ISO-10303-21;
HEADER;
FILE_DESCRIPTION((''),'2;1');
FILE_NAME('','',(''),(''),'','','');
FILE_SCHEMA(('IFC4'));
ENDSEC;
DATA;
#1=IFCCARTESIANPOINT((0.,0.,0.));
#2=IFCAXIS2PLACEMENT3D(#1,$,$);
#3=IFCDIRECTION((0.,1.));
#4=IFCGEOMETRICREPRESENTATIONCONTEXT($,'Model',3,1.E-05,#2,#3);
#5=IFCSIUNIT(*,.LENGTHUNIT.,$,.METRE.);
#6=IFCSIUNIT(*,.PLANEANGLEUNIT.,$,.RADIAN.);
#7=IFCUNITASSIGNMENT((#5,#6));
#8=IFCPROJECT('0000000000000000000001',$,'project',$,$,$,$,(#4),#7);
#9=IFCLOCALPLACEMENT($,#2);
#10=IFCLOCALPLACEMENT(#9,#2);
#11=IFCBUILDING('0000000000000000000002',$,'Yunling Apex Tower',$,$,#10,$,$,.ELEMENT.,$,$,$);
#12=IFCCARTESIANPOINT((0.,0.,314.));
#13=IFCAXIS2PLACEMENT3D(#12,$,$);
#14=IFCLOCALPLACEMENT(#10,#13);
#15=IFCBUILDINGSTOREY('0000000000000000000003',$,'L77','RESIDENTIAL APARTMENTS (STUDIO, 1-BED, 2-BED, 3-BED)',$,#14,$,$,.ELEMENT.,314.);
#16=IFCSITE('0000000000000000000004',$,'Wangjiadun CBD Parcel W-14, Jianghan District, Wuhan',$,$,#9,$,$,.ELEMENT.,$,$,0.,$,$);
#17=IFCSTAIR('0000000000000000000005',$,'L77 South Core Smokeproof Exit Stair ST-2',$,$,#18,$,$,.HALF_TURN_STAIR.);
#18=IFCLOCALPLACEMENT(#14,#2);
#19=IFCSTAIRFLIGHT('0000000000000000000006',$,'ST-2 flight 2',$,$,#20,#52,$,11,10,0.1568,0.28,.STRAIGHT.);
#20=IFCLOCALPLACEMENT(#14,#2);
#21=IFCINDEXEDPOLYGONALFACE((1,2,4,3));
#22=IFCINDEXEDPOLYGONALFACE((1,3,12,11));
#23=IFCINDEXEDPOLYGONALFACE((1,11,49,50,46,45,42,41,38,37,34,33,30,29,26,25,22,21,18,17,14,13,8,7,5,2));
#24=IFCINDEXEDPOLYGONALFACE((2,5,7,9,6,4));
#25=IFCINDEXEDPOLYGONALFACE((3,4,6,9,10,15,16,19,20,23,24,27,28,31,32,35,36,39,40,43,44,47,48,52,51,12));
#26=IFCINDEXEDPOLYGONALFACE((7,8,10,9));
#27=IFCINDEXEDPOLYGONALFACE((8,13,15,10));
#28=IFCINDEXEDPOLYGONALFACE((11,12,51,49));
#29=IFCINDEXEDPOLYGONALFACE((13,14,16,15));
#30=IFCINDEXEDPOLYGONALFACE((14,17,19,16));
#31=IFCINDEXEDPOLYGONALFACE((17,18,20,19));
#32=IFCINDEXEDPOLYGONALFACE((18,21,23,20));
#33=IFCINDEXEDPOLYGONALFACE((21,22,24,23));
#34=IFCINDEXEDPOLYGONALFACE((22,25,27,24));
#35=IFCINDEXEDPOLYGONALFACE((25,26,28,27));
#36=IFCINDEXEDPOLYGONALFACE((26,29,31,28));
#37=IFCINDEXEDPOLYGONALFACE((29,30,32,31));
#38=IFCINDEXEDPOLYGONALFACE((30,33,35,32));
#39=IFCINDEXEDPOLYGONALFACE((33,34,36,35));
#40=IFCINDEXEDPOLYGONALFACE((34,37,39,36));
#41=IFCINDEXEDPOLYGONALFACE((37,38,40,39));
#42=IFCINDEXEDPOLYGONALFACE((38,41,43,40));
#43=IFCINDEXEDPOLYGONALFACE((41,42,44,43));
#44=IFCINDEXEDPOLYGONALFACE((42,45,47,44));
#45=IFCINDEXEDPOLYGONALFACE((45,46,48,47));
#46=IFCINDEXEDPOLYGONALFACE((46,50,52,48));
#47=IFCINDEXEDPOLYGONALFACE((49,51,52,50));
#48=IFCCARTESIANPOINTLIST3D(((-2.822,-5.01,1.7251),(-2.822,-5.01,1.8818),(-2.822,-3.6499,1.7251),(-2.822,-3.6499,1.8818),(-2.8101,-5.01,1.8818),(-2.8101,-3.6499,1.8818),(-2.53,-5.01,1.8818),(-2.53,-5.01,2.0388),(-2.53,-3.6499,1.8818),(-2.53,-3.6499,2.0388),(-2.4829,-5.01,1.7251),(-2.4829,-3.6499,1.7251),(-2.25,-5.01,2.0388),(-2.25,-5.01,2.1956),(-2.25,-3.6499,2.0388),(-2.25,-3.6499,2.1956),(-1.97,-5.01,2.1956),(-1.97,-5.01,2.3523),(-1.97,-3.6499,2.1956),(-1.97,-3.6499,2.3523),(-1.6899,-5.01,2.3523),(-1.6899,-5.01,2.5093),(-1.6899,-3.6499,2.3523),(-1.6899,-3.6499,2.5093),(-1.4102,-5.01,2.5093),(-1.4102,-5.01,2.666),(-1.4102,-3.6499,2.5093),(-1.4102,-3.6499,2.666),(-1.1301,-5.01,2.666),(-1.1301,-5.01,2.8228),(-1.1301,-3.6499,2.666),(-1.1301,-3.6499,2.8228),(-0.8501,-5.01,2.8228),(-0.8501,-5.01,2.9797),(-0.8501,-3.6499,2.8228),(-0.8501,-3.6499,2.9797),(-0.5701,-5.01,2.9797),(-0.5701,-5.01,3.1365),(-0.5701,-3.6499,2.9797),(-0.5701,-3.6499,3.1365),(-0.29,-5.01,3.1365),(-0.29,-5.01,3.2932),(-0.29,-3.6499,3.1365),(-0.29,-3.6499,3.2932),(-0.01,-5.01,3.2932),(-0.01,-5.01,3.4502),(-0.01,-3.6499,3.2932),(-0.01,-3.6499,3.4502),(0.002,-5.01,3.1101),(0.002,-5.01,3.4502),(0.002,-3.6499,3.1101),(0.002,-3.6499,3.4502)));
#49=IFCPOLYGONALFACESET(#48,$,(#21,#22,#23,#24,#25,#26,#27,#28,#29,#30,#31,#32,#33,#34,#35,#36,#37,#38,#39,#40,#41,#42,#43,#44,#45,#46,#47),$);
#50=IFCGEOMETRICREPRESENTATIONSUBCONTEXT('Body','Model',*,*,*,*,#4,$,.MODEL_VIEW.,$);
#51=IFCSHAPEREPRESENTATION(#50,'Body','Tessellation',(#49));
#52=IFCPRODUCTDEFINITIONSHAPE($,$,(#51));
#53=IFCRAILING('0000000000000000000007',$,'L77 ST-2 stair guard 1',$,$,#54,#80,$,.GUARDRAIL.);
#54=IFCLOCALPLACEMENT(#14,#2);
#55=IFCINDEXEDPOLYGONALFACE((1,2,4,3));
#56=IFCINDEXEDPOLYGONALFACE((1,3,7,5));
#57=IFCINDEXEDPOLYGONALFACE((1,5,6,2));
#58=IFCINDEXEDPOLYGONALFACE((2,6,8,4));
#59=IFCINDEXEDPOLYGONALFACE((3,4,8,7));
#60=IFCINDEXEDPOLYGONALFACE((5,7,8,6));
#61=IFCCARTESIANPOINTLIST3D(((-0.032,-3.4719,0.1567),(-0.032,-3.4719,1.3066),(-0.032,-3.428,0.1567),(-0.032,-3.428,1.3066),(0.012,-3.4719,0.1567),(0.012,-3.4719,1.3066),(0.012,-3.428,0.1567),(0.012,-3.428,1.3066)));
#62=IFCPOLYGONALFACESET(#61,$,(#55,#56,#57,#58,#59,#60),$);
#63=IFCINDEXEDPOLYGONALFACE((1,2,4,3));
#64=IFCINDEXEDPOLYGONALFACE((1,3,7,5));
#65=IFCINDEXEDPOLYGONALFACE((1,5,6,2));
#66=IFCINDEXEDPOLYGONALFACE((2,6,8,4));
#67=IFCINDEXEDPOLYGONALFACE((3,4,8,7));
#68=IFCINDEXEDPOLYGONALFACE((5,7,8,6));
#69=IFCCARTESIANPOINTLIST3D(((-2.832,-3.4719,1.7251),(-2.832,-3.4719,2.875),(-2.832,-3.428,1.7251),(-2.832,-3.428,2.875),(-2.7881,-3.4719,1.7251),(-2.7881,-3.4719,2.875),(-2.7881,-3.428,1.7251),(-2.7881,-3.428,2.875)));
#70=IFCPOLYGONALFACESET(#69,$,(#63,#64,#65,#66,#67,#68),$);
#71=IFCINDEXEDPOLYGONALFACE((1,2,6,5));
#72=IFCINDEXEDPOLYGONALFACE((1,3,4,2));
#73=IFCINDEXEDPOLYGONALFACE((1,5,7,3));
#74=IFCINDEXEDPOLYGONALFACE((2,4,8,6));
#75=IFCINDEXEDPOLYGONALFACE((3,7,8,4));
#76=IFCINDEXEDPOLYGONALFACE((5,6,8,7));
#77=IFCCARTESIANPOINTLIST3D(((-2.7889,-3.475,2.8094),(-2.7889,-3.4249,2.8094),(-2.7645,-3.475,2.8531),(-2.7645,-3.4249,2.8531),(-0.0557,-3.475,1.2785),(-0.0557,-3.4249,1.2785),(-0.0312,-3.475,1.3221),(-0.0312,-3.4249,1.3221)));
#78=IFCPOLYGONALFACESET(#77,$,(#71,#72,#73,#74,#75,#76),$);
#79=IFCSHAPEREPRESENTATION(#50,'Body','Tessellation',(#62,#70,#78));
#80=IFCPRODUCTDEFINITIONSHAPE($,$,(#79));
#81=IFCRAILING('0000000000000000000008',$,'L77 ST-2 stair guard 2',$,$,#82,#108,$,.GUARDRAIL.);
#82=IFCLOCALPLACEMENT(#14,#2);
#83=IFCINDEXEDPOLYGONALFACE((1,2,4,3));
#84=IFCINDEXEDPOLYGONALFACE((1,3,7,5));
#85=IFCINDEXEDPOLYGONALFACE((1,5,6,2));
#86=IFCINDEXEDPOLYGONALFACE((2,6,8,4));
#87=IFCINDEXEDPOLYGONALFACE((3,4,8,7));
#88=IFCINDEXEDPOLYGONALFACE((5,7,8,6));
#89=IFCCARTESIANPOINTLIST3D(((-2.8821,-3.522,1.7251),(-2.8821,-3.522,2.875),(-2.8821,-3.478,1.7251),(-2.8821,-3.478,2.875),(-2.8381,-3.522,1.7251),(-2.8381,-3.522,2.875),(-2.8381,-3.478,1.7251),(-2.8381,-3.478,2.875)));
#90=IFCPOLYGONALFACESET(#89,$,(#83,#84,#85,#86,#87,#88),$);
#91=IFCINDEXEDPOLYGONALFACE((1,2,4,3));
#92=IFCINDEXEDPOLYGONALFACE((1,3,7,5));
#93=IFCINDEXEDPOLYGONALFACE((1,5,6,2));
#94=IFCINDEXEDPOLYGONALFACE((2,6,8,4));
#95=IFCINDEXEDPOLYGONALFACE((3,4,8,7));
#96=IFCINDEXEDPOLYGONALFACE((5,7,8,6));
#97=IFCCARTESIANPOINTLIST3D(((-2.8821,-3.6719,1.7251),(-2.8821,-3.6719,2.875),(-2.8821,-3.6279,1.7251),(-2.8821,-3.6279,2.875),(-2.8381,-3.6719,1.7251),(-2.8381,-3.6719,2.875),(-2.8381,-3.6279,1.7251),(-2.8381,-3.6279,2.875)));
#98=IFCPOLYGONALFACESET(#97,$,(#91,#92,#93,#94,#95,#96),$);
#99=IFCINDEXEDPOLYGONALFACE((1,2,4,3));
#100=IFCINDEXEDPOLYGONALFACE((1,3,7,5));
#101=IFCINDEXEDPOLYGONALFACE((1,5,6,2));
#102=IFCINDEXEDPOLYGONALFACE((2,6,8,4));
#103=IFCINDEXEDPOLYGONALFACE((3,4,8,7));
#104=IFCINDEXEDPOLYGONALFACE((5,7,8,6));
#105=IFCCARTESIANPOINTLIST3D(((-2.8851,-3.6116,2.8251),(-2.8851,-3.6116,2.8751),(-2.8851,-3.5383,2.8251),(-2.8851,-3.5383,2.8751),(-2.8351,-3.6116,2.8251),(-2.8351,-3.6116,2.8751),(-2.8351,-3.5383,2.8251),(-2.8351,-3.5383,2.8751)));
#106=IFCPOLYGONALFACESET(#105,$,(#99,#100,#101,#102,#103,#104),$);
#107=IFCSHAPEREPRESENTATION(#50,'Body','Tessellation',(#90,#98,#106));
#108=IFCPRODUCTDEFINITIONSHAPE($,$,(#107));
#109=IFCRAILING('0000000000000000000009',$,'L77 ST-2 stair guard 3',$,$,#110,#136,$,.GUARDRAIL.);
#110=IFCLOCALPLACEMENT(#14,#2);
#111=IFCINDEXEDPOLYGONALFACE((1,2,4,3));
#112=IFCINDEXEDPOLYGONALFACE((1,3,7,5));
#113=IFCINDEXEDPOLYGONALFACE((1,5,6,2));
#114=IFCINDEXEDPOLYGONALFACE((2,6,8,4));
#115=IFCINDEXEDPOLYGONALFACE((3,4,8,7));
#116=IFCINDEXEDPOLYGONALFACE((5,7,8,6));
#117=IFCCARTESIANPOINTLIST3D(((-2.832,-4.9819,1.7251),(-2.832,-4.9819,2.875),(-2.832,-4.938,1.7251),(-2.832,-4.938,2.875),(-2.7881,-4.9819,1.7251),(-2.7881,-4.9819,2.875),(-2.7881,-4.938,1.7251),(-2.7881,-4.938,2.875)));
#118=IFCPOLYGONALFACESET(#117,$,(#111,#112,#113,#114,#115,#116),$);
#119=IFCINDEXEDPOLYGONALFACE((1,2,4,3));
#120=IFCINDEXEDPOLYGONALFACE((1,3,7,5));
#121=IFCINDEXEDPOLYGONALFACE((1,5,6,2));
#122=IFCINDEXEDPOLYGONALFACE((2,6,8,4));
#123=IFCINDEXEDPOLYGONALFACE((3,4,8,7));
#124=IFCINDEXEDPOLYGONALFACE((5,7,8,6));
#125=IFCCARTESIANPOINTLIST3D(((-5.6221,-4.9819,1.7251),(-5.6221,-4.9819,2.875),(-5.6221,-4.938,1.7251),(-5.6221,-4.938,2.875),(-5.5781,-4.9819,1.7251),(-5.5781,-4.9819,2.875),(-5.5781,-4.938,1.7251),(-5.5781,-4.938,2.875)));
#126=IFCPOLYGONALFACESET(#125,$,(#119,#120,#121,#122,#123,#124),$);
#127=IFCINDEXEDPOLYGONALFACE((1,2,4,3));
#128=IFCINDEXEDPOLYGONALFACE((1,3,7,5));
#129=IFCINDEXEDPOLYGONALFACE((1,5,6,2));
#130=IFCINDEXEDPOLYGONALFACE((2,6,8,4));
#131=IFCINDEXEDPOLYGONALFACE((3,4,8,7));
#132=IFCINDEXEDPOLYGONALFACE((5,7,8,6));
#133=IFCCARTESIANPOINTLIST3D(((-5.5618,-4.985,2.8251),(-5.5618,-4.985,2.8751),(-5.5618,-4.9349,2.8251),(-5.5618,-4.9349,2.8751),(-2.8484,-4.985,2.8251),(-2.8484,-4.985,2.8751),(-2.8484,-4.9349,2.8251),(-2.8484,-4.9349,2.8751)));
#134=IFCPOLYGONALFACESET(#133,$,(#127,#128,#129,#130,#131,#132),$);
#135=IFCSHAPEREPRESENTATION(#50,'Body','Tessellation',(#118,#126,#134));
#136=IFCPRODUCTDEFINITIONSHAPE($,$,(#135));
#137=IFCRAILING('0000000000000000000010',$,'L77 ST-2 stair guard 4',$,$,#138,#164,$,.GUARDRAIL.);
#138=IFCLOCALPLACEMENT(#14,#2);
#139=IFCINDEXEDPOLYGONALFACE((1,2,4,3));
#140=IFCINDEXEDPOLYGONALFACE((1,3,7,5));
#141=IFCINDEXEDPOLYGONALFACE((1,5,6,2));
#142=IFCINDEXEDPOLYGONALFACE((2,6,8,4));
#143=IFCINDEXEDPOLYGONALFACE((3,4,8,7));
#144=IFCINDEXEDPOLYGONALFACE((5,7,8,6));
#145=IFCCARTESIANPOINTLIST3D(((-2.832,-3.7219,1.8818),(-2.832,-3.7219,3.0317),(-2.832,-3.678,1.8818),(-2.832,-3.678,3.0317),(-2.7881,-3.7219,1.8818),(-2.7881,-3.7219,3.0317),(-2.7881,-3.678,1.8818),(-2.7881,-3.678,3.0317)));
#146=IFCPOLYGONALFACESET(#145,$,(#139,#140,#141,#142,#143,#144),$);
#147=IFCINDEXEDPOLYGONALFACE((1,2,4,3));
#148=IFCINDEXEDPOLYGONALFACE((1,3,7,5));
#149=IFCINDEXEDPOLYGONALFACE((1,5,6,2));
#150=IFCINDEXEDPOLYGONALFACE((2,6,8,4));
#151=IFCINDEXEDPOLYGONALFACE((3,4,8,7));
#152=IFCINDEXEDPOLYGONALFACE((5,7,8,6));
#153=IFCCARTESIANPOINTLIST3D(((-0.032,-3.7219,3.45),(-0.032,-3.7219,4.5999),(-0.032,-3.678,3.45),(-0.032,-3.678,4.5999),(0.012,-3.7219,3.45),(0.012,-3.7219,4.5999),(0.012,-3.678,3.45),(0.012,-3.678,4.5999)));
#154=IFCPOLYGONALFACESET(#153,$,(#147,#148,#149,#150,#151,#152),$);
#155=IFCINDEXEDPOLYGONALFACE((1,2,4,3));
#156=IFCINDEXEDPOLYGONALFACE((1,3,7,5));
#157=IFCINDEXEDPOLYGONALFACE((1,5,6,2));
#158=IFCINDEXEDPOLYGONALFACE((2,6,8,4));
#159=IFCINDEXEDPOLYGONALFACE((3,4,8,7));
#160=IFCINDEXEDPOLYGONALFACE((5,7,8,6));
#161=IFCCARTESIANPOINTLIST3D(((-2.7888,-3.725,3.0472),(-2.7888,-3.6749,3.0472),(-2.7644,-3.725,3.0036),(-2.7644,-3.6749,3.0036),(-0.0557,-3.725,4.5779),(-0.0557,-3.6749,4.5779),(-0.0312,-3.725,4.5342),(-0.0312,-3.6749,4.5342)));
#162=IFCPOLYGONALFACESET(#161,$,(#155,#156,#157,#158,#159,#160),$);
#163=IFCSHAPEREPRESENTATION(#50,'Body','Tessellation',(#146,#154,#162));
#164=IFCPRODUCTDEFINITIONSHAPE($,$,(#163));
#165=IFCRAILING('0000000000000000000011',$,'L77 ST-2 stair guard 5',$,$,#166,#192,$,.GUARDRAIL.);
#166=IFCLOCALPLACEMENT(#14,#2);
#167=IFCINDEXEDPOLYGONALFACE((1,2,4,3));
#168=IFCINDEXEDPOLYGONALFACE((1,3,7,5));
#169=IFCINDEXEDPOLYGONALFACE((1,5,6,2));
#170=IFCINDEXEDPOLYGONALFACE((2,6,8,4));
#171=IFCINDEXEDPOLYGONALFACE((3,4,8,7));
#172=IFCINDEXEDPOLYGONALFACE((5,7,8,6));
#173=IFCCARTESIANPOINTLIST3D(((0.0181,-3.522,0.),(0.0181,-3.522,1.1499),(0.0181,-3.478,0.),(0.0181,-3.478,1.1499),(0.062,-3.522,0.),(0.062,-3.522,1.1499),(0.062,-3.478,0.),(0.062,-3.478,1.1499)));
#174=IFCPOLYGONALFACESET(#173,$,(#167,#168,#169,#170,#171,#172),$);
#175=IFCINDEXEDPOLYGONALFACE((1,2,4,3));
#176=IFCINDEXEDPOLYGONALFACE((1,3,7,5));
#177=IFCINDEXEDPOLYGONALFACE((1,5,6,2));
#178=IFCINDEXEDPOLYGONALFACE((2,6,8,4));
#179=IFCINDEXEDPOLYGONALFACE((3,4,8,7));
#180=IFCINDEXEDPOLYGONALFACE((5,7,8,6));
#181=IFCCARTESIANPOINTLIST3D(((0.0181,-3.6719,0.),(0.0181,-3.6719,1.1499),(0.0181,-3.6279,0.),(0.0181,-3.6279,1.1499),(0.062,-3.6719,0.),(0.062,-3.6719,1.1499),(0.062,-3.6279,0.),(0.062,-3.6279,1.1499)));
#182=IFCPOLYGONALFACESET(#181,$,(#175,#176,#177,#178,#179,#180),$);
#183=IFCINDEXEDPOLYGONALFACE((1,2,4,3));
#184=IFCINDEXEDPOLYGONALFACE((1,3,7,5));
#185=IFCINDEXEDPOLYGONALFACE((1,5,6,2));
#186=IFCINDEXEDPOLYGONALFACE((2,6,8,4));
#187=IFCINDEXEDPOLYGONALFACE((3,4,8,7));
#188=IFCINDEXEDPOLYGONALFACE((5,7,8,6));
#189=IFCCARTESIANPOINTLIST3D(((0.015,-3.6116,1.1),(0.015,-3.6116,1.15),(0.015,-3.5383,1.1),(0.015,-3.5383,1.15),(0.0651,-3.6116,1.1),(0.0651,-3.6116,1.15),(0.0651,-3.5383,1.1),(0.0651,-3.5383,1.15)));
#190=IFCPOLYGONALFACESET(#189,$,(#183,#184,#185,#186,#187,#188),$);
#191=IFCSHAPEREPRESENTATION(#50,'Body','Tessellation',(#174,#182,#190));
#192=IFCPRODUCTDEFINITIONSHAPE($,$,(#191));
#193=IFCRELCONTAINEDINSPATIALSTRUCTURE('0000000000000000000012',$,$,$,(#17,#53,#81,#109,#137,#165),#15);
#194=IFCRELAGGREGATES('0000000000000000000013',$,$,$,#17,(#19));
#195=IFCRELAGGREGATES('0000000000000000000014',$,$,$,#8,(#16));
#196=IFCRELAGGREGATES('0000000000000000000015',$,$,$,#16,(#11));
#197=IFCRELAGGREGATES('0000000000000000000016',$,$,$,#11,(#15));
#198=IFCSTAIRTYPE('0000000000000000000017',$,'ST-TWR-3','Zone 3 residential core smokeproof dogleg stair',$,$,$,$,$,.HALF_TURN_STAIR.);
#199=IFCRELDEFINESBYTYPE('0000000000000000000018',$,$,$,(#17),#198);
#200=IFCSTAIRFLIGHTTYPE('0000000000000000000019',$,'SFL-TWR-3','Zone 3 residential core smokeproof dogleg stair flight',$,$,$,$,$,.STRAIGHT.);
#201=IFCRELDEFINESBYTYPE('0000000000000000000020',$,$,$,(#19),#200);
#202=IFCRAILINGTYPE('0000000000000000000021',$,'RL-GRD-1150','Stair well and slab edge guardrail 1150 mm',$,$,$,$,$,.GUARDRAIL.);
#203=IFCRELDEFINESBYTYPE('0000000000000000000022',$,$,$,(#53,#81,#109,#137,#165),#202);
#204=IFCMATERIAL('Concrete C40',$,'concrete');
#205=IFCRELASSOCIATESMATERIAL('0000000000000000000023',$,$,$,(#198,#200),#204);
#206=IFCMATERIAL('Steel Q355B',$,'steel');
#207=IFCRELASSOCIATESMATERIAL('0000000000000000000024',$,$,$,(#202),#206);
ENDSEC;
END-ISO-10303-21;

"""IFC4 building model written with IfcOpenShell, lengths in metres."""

from ifc_helpers import new_model, si_unit, direction, frame, origin, origin_2d, place, context, subcontext, project, spatial, polyline, rectangle, outline, extrude, material, type_object, element, aggregate, save


model = new_model("IFC4")

# Units and contexts
model_context = context("Model", 3, precision=1e-05, world=origin(), true_north=direction((0.0, 1.0)))
body_context = subcontext(model_context, "Body", "Model", "MODEL_VIEW")
ifc_project = project(units=[si_unit("LENGTHUNIT", "METRE"), si_unit("PLANEANGLEUNIT", "RADIAN")], contexts=[model_context])

# Site, building, storey
site_placement = place(None, origin())
site = spatial("IfcSite", under=ifc_project, at=site_placement, Name="Wangjiadun CBD Parcel W-14, Jianghan District, Wuhan", CompositionType="ELEMENT", RefElevation=0.0)
building_placement = place(site_placement, origin())
building = spatial("IfcBuilding", under=site, at=building_placement, Name="Yunling Apex Tower", CompositionType="ELEMENT")
storey_placement = place(building_placement, frame((0.0, 0.0, 314.0)))
storey = spatial("IfcBuildingStorey", under=building, at=storey_placement, Name="L77", Description="RESIDENTIAL APARTMENTS (STUDIO, 1-BED, 2-BED, 3-BED)", CompositionType="ELEMENT", Elevation=314.0)

# Shared definitions
ifc_material_1 = material(Name="Steel Q355B", Category="steel")

# Shared definitions
ifc_material_2 = material(Name="Concrete C40", Category="concrete")

# Stair, stair flight
stair_type = type_object("IfcStairType", Name="ST-TWR-3", Description="Zone 3 residential core smokeproof dogleg stair", PredefinedType="HALF_TURN_STAIR", material=ifc_material_2)
stair_placement = place(storey_placement, origin())
stair = element("IfcStair", 1, at=stair_placement, inside=storey, type_object=stair_type, Name="L77 South Core Smokeproof Exit Stair ST-2", PredefinedType="HALF_TURN_STAIR")
stair_flight_type = type_object("IfcStairFlightType", Name="SFL-TWR-3", Description="Zone 3 residential core smokeproof dogleg stair flight", PredefinedType="STRAIGHT", material=ifc_material_2)
stair_flight_1_placement = place(storey_placement, frame((-2.8101, -4.3301, 1.7251), z_axis=(0.0, 0.0, 1.0), x_axis=(1.0, 0.0, 0.0)))
stair_flight_1 = element("IfcStairFlight", 2, at=stair_flight_1_placement, type_object=stair_flight_type, Name="ST-2 flight 2", NumberOfRisers=11, NumberOfTreads=10, PredefinedType="STRAIGHT", RiserHeight=0.1568, TreadLength=0.28, context=body_context, shape_type="SweptSolid", body=[
    extrude(outline(polyline([(-0.012, 0.0), (-0.012, 0.1567), (0.0, 0.1567), (0.28, 0.1567), (0.28, 0.3137), (0.5601, 0.3137), (0.5601, 0.4705), (0.8401, 0.4705), (0.8401, 0.6272), (1.1201, 0.6272), (1.1201, 0.7842), (1.3999, 0.7842), (1.3999, 0.9409), (1.6799, 0.9409), (1.6799, 1.0977), (1.96, 1.0977), (1.96, 1.2546), (2.24, 1.2546), (2.24, 1.4114), (2.52, 1.4114), (2.52, 1.5681), (2.8, 1.5681), (2.8, 1.7251), (2.812, 1.7251), (2.812, 1.385), (0.3271, 0.0), (-0.012, 0.0)])), frame((0.0, 0.6802, 0.0), z_axis=(0.0, -1.0, 0.0), x_axis=(1.0, 0.0, 0.0)), (0.0, 0.0, 1.0), 1.3601),
])
aggregate(stair, [stair_flight_1])

# Railings
railing_type_1 = type_object("IfcRailingType", Name="RL-GRD-1150", Description="Stair well and slab edge guardrail 1150 mm", PredefinedType="GUARDRAIL", material=ifc_material_1)
railing_1_placement = place(storey_placement, frame((-0.01, -3.45, 0.1567)))
element("IfcRailing", 3, at=railing_1_placement, inside=storey, type_object=railing_type_1, Name="L77 ST-2 stair guard 1", PredefinedType="GUARDRAIL", context=body_context, shape_type="SweptSolid", body=[
    extrude(rectangle(XDim=0.0439, YDim=0.0439, at=origin_2d()), origin(), (0.0, 0.0, 1.0), 1.1499),
    extrude(rectangle(XDim=0.0439, YDim=0.0439, at=origin_2d()), frame((-2.8, 0.0, 1.5684)), (0.0, 0.0, 1.0), 1.1499),
    extrude(rectangle(XDim=0.05, YDim=0.05, at=origin_2d()), frame((-0.0334, 0.0, 1.1436), z_axis=(-0.872462, 0.0, 0.488682), x_axis=(0.0, -1.0, 0.0)), (0.0, 0.0, 1.0), 3.1328),
])
railing_2_placement = place(storey_placement, frame((-2.8601, -3.5, 1.7251)))
element("IfcRailing", 4, at=railing_2_placement, inside=storey, type_object=railing_type_1, Name="L77 ST-2 stair guard 2", PredefinedType="GUARDRAIL", context=body_context, shape_type="SweptSolid", body=[
    extrude(rectangle(XDim=0.0439, YDim=0.0439, at=origin_2d()), origin(), (0.0, 0.0, 1.0), 1.1499),
    extrude(rectangle(XDim=0.0439, YDim=0.0439, at=origin_2d()), frame((0.0, -0.1499, 0.0)), (0.0, 0.0, 1.0), 1.1499),
    extrude(rectangle(XDim=0.05, YDim=0.05, at=origin_2d()), frame((0.0, -0.0383, 1.125), z_axis=(0.0, -1.0, 0.0), x_axis=(1.0, 0.0, 0.0)), (0.0, 0.0, 1.0), 0.0732),
])
railing_3_placement = place(storey_placement, frame((-2.8101, -4.96, 1.7251)))
element("IfcRailing", 5, at=railing_3_placement, inside=storey, type_object=railing_type_1, Name="L77 ST-2 stair guard 3", PredefinedType="GUARDRAIL", context=body_context, shape_type="SweptSolid", body=[
    extrude(rectangle(XDim=0.0439, YDim=0.0439, at=origin_2d()), origin(), (0.0, 0.0, 1.0), 1.1499),
    extrude(rectangle(XDim=0.0439, YDim=0.0439, at=origin_2d()), frame((-2.79, 0.0, 0.0)), (0.0, 0.0, 1.0), 1.1499),
    extrude(rectangle(XDim=0.05, YDim=0.05, at=origin_2d()), frame((-0.0383, 0.0, 1.125), z_axis=(-1.0, 0.0, 0.0), x_axis=(0.0, -1.0, 0.0)), (0.0, 0.0, 1.0), 2.7134),
])
railing_4_placement = place(storey_placement, frame((-2.8101, -3.7, 1.8818)))
element("IfcRailing", 6, at=railing_4_placement, inside=storey, type_object=railing_type_1, Name="L77 ST-2 stair guard 4", PredefinedType="GUARDRAIL", context=body_context, shape_type="SweptSolid", body=[
    extrude(rectangle(XDim=0.0439, YDim=0.0439, at=origin_2d()), origin(), (0.0, 0.0, 1.0), 1.1499),
    extrude(rectangle(XDim=0.0439, YDim=0.0439, at=origin_2d()), frame((2.8, 0.0, 1.5681)), (0.0, 0.0, 1.0), 1.1499),
    extrude(rectangle(XDim=0.05, YDim=0.05, at=origin_2d()), frame((0.0334, 0.0, 1.1436), z_axis=(0.872494, 0.0, 0.488624), x_axis=(0.0, 1.0, 0.0)), (0.0, 0.0, 1.0), 3.1326),
])
railing_5_placement = place(storey_placement, frame((0.04, -3.5, 0.0)))
element("IfcRailing", 7, at=railing_5_placement, inside=storey, type_object=railing_type_1, Name="L77 ST-2 stair guard 5", PredefinedType="GUARDRAIL", context=body_context, shape_type="SweptSolid", body=[
    extrude(rectangle(XDim=0.0439, YDim=0.0439, at=origin_2d()), origin(), (0.0, 0.0, 1.0), 1.1499),
    extrude(rectangle(XDim=0.0439, YDim=0.0439, at=origin_2d()), frame((0.0, -0.1499, 0.0)), (0.0, 0.0, 1.0), 1.1499),
    extrude(rectangle(XDim=0.05, YDim=0.05, at=origin_2d()), frame((0.0, -0.0383, 1.125), z_axis=(0.0, -1.0, 0.0), x_axis=(1.0, 0.0, 0.0)), (0.0, 0.0, 1.0), 0.0732),
])

save(model, "model.ifc")
